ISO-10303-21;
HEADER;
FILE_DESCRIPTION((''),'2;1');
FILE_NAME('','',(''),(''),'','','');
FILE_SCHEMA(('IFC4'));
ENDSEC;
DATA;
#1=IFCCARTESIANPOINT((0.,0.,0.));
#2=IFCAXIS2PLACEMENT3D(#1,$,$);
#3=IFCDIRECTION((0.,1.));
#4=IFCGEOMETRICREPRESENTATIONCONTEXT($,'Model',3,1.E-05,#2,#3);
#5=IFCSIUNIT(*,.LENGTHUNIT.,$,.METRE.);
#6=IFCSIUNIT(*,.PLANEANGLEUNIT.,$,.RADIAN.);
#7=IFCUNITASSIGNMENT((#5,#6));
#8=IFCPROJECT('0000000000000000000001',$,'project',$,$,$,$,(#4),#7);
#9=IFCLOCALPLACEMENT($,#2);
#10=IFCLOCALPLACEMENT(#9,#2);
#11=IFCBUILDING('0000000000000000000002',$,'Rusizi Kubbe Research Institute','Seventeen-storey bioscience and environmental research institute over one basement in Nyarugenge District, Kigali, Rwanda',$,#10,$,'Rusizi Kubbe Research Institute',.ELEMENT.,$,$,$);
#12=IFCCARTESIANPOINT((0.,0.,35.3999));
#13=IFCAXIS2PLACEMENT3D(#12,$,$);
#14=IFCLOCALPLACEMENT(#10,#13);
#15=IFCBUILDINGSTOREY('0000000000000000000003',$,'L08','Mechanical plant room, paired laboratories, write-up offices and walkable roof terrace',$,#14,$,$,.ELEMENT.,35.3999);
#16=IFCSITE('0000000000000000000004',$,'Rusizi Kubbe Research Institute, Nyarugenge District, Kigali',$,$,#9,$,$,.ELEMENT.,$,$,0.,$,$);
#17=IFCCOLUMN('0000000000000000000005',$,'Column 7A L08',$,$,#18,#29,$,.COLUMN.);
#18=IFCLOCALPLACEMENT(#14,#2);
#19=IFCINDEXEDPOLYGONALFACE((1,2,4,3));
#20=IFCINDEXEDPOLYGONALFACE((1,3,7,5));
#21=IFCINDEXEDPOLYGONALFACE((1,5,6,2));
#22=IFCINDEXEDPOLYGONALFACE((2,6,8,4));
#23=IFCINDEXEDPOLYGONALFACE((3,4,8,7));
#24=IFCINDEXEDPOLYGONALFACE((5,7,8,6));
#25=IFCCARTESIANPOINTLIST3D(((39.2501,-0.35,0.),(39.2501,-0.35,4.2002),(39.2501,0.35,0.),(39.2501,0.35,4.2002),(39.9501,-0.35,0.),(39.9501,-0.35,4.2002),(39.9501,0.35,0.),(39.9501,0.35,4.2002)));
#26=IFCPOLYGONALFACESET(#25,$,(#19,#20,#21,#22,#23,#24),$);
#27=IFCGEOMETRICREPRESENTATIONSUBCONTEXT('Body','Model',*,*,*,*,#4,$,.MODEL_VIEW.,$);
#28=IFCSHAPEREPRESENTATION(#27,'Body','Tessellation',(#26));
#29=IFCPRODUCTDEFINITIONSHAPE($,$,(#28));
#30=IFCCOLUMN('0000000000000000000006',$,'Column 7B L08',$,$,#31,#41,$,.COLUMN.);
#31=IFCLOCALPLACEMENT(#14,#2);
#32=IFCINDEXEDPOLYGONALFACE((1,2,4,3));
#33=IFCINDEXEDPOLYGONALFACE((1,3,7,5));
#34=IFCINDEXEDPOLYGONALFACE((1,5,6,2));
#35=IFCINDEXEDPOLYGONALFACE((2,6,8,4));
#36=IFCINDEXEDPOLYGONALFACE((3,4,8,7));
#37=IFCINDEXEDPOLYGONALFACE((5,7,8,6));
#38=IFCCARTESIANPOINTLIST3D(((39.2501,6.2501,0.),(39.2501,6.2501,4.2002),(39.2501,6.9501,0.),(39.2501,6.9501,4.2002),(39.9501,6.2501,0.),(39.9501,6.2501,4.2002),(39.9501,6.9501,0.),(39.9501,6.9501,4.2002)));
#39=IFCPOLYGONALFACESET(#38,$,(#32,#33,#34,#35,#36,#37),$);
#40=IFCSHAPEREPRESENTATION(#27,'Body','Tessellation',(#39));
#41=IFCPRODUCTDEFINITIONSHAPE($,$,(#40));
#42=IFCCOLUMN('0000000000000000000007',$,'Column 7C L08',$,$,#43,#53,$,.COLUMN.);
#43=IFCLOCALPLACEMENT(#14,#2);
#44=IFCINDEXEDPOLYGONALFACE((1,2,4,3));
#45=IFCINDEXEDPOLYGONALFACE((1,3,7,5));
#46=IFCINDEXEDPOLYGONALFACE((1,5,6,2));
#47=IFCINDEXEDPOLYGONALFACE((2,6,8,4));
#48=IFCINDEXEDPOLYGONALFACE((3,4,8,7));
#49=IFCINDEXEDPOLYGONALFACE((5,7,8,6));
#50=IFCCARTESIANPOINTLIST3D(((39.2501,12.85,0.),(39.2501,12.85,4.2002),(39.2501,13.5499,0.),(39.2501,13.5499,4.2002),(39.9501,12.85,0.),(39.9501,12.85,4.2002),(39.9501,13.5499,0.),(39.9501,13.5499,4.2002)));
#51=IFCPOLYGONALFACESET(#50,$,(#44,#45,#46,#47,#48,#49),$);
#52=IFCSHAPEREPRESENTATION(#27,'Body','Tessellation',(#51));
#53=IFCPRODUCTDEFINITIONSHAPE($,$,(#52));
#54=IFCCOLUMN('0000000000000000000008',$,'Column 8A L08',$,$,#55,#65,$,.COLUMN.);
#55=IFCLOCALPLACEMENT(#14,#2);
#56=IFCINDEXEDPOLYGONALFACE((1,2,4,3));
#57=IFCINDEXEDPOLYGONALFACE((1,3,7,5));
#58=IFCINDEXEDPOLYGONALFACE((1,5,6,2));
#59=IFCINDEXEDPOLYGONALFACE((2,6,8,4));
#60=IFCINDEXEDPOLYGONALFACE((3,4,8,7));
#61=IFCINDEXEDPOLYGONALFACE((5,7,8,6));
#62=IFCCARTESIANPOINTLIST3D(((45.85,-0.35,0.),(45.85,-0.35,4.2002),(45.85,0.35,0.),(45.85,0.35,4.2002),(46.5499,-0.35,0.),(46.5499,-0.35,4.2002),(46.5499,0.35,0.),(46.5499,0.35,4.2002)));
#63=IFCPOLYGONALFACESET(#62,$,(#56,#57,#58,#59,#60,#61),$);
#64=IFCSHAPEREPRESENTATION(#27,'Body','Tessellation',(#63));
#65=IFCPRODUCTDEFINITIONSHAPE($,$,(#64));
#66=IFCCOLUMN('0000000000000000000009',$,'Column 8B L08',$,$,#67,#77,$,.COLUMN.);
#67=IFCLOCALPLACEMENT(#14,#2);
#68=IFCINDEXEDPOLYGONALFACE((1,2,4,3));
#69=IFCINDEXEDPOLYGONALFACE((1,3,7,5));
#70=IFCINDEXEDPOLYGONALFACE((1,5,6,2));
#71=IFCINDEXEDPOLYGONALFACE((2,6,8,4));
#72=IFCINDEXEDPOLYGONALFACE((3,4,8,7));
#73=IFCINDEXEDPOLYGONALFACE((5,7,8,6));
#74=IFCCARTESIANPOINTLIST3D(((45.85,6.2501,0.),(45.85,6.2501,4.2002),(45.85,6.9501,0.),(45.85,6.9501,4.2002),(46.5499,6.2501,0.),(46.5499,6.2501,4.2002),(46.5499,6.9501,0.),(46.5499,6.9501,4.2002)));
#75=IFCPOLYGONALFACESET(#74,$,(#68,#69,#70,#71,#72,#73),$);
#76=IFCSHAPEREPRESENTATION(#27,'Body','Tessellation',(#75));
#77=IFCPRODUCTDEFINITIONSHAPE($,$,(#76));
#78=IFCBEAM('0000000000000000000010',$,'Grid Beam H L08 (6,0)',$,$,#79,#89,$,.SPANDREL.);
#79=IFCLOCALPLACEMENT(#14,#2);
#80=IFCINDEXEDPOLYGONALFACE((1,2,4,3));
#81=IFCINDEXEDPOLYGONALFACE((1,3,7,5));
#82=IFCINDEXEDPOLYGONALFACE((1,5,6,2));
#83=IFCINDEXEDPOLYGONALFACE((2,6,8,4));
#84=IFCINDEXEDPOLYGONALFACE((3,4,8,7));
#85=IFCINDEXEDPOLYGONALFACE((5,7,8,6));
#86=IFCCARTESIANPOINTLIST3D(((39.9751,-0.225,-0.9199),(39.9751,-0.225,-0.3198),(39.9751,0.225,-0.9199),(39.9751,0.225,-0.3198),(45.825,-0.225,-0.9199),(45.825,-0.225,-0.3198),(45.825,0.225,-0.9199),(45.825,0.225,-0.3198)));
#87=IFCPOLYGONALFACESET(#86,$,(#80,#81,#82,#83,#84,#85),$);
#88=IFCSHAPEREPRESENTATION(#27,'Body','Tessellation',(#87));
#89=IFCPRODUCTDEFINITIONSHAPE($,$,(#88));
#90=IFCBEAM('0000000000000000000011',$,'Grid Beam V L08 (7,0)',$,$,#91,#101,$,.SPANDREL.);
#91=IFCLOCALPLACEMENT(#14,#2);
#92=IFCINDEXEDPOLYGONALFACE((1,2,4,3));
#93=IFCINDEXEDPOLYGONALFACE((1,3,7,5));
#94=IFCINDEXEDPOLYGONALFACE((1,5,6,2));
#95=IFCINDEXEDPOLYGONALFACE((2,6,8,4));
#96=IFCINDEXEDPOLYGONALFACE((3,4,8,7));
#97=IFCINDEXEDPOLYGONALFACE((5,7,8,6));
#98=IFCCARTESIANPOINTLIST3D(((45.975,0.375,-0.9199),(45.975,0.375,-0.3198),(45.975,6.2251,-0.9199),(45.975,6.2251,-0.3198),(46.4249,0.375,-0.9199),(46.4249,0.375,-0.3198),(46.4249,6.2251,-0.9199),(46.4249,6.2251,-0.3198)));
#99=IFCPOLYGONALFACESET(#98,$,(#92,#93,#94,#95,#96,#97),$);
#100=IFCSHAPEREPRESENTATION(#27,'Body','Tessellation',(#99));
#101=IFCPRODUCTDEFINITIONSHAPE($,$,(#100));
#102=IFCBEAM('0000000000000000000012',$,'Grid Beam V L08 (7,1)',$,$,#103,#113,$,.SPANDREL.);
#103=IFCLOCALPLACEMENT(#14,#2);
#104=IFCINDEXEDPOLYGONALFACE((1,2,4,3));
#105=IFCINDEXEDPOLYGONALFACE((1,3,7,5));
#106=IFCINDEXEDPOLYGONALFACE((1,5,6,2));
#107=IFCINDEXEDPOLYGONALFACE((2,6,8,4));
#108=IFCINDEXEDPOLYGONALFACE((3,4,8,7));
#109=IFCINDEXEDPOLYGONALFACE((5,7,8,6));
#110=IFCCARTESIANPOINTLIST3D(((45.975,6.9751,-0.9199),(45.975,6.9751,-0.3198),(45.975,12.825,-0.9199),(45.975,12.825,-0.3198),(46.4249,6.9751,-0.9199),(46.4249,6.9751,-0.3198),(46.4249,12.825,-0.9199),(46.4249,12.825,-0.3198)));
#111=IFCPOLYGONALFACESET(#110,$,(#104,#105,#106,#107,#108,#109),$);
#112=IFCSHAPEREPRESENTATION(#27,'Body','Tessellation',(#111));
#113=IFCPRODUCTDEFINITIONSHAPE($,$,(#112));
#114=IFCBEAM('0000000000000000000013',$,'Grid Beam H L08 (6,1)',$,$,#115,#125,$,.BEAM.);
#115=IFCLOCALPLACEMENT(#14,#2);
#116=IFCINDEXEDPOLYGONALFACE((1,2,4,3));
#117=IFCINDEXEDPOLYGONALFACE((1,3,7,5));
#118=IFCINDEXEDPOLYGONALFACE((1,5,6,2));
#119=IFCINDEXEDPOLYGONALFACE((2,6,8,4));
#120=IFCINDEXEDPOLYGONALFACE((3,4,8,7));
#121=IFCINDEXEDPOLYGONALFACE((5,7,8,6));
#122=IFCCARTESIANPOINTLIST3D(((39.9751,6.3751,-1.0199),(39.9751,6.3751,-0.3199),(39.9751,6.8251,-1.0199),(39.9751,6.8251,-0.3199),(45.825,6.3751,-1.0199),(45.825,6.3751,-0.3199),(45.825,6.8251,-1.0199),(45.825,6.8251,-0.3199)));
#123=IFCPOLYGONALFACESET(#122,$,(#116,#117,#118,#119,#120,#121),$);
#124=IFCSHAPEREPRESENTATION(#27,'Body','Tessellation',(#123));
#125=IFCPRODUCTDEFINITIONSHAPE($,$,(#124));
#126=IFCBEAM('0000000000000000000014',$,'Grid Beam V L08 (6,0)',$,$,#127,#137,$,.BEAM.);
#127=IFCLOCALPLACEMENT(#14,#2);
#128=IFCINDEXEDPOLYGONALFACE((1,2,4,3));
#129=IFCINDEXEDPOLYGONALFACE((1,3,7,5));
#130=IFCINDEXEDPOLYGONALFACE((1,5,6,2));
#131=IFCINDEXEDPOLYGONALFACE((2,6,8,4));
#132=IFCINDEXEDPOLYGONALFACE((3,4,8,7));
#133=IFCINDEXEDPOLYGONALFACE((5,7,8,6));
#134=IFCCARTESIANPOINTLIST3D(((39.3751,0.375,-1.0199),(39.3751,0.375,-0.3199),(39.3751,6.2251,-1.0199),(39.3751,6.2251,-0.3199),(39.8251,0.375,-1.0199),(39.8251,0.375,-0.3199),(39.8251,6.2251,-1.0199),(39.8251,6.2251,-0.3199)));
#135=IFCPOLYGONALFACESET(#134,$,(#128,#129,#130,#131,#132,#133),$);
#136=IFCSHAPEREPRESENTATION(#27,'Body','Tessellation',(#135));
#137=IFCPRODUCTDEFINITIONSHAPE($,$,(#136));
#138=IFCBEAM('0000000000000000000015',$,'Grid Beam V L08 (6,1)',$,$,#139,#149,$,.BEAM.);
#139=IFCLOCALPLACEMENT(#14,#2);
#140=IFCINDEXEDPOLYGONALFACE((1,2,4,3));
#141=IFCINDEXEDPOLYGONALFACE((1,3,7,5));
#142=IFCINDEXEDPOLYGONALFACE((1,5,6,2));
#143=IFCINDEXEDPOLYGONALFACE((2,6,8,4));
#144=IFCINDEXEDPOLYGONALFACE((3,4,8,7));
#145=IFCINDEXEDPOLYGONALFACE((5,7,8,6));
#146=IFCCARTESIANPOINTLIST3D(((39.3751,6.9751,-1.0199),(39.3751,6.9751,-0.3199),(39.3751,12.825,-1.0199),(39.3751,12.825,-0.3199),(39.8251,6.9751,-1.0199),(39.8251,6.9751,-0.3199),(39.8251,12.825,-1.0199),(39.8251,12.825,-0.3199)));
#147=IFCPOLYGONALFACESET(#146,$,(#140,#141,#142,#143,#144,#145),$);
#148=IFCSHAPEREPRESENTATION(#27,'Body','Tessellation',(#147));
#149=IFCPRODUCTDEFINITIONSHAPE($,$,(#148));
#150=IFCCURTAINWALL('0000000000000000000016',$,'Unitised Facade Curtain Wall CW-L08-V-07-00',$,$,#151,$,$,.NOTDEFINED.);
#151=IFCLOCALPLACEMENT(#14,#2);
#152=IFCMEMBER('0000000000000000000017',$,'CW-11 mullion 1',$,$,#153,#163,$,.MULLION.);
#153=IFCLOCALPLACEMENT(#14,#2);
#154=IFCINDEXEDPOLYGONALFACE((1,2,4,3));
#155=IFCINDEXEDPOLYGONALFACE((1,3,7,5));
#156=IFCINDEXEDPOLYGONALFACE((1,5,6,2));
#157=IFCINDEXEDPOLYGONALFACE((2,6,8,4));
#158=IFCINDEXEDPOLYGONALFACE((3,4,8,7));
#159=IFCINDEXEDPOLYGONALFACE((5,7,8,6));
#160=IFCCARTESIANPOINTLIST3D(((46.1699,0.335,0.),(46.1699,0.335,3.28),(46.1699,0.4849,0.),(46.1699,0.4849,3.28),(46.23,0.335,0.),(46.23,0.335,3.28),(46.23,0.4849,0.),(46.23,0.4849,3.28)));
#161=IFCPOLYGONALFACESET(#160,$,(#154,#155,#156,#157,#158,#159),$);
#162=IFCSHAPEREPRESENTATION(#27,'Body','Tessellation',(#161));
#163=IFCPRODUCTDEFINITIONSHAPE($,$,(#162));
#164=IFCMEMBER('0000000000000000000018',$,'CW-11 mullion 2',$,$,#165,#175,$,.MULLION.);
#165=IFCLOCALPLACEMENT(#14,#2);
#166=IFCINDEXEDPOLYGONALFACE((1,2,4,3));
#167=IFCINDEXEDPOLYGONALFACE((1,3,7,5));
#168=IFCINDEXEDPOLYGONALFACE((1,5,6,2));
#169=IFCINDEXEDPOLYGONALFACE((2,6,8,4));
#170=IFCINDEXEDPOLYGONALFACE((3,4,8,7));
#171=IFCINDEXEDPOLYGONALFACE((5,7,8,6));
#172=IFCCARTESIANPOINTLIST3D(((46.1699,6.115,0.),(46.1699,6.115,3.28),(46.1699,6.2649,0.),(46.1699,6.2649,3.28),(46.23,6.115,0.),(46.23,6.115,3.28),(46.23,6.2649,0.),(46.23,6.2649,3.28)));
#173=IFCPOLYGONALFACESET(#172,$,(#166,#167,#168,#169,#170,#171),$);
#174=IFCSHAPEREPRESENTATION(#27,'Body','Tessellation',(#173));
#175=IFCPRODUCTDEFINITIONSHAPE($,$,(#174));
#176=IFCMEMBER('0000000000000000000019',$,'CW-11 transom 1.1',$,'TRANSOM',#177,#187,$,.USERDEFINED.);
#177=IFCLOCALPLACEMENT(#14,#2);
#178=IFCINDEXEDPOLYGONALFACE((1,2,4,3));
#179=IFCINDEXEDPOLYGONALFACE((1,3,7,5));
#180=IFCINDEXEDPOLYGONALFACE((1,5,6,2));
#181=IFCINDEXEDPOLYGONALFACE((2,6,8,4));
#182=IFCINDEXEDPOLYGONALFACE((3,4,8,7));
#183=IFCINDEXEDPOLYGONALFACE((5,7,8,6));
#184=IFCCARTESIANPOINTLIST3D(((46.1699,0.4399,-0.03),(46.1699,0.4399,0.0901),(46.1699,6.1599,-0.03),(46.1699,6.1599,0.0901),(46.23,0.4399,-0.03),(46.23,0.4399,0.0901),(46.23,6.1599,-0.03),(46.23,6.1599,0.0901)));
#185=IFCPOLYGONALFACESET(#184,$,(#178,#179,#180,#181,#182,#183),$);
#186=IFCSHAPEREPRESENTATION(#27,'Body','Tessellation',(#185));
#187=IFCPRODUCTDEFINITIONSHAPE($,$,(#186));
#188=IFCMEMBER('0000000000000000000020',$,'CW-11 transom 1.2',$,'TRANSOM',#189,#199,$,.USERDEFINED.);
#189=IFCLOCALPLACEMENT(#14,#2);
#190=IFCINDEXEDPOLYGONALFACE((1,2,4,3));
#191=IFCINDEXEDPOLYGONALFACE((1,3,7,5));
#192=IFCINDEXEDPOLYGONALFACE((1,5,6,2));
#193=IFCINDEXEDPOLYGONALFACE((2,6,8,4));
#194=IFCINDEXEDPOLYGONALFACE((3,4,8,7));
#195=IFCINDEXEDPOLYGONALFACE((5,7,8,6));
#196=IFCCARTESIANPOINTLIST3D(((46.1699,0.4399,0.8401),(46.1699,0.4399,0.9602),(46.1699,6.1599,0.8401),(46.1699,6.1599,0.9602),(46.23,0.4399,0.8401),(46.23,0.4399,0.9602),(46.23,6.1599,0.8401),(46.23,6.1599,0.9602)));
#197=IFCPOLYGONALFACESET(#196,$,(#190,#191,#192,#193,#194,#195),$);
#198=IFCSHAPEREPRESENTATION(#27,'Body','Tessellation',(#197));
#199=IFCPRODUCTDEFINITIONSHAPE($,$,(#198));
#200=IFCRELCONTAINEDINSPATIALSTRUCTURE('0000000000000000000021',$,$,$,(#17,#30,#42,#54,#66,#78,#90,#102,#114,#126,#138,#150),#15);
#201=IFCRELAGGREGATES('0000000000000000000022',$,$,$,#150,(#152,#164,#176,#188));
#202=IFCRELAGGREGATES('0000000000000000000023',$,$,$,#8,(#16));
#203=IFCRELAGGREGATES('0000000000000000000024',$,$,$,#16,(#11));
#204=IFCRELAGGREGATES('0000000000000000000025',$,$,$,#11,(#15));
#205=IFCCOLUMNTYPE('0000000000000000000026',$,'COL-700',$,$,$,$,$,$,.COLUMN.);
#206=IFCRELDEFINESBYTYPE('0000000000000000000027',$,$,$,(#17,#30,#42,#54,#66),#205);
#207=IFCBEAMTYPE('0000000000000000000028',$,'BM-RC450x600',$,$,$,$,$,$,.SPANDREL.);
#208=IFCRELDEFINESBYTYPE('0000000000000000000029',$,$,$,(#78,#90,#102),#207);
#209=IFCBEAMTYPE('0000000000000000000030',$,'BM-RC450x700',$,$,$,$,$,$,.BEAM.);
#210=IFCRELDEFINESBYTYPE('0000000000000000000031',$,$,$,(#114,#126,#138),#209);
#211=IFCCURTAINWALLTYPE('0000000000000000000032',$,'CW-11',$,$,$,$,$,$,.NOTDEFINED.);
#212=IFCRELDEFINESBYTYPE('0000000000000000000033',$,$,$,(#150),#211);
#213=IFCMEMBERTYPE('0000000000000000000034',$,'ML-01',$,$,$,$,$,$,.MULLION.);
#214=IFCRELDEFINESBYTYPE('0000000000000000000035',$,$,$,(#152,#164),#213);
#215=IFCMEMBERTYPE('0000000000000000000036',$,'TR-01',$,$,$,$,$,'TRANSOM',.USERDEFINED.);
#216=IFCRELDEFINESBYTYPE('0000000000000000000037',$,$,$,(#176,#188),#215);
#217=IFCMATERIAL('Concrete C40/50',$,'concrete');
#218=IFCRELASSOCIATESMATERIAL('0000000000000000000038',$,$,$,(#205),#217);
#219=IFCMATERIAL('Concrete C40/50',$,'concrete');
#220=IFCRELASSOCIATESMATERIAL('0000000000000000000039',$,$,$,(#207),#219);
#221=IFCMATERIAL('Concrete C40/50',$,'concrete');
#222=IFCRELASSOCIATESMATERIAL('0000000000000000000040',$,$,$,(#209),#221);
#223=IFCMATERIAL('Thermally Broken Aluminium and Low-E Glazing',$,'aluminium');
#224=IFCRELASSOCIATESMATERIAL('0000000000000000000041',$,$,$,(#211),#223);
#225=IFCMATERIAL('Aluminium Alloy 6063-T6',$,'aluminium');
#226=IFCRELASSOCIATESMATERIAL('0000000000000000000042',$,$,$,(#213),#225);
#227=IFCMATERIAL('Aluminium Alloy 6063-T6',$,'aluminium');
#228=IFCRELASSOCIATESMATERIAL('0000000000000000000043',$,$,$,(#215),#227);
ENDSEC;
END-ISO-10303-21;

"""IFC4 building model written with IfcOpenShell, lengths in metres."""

from ifc_helpers import new_model, si_unit, direction, frame, origin, origin_2d, place, context, subcontext, project, spatial, rectangle, extrude, material, material_profile, profile_set, type_object, element, aggregate, save


model = new_model("IFC4")

# Units and contexts
model_context = context("Model", 3, precision=1e-05, world=origin(), true_north=direction((0.0, 1.0)))
body_context = subcontext(model_context, "Body", "Model", "MODEL_VIEW")
ifc_project = project(units=[si_unit("LENGTHUNIT", "METRE"), si_unit("PLANEANGLEUNIT", "RADIAN")], contexts=[model_context])

# Site, building, storey
site_placement = place(None, origin())
site = spatial("IfcSite", under=ifc_project, at=site_placement, Name="Rusizi Kubbe Research Institute, Nyarugenge District, Kigali", CompositionType="ELEMENT", RefElevation=0.0)
building_placement = place(site_placement, origin())
building = spatial("IfcBuilding", under=site, at=building_placement, Name="Rusizi Kubbe Research Institute", Description="Seventeen-storey bioscience and environmental research institute over one basement in Nyarugenge District, Kigali, Rwanda", LongName="Rusizi Kubbe Research Institute", CompositionType="ELEMENT")
storey_placement = place(building_placement, frame((0.0, 0.0, 35.3999)))
storey = spatial("IfcBuildingStorey", under=building, at=storey_placement, Name="L08", Description="Mechanical plant room, paired laboratories, write-up offices and walkable roof terrace", CompositionType="ELEMENT", Elevation=35.3999)

# Columns
ifc_material_1 = material(Name="Concrete C40/50", Category="concrete")
ifc_material_profile_1 = material_profile(ifc_material_1, rectangle(XDim=0.7, YDim=0.7, at=origin_2d()), Name="RC700x700")
ifc_profile_set_1 = profile_set([ifc_material_profile_1], Name="Concrete C40/50")
column_type = type_object("IfcColumnType", Name="COL-700", PredefinedType="COLUMN", material=ifc_profile_set_1)
for number, where, z_axis, x_axis, name in (
    (1, (39.6001, 0.0, 0.0), (0.0, 0.0, 1.0), (1.0, 0.0, 0.0), "Column 7A L08"),
    (2, (39.6001, 6.6001, 0.0), (0.0, 0.0, 1.0), (1.0, 0.0, 0.0), "Column 7B L08"),
    (3, (39.6001, 13.2, 0.0), (0.0, 0.0, 1.0), (1.0, 0.0, 0.0), "Column 7C L08"),
    (4, (46.2, 0.0, 0.0), (0.0, 0.0, 1.0), (1.0, 0.0, 0.0), "Column 8A L08"),
    (5, (46.2, 6.6001, 0.0), (0.0, 0.0, 1.0), (1.0, 0.0, 0.0), "Column 8B L08"),
):
    element("IfcColumn", number, at=place(storey_placement, frame(where, z_axis=z_axis, x_axis=x_axis)), inside=storey, type_object=column_type, Name=name, PredefinedType="COLUMN", context=body_context, shape_type="SweptSolid", body=[
        extrude(rectangle(XDim=0.7, YDim=0.7, at=origin_2d()), origin(), (0.0, 0.0, 1.0), 4.2002),
    ])

# Beams
ifc_material_2 = material(Name="Concrete C40/50", Category="concrete")
ifc_material_profile_2 = material_profile(ifc_material_2, rectangle(XDim=0.45, YDim=0.6001, at=origin_2d()), Name="RC450x600")
ifc_profile_set_2 = profile_set([ifc_material_profile_2], Name="Concrete C40/50")
beam_type_1 = type_object("IfcBeamType", Name="BM-RC450x600", PredefinedType="SPANDREL", material=ifc_profile_set_2)
beam_1_placement = place(storey_placement, frame((39.9751, 0.0, -0.6199), z_axis=(1.0, 0.0, 0.0), x_axis=(0.0, 1.0, 0.0)))
element("IfcBeam", 6, at=beam_1_placement, inside=storey, type_object=beam_type_1, Name="Grid Beam H L08 (6,0)", PredefinedType="SPANDREL", context=body_context, shape_type="SweptSolid", body=[
    extrude(rectangle(XDim=0.45, YDim=0.6001, at=origin_2d()), origin(), (0.0, 0.0, 1.0), 5.8499),
])
beam_2_placement = place(storey_placement, frame((46.2, 0.375, -0.6199), z_axis=(0.0, 1.0, 0.0), x_axis=(-1.0, 0.0, 0.0)))
element("IfcBeam", 7, at=beam_2_placement, inside=storey, type_object=beam_type_1, Name="Grid Beam V L08 (7,0)", PredefinedType="SPANDREL", context=body_context, shape_type="SweptSolid", body=[
    extrude(rectangle(XDim=0.45, YDim=0.6001, at=origin_2d()), origin(), (0.0, 0.0, 1.0), 5.8501),
])
beam_3_placement = place(storey_placement, frame((46.2, 6.9751, -0.6199), z_axis=(0.0, 1.0, 0.0), x_axis=(-1.0, 0.0, 0.0)))
element("IfcBeam", 8, at=beam_3_placement, inside=storey, type_object=beam_type_1, Name="Grid Beam V L08 (7,1)", PredefinedType="SPANDREL", context=body_context, shape_type="SweptSolid", body=[
    extrude(rectangle(XDim=0.45, YDim=0.6001, at=origin_2d()), origin(), (0.0, 0.0, 1.0), 5.8499),
])
ifc_material_3 = material(Name="Concrete C40/50", Category="concrete")
ifc_material_profile_3 = material_profile(ifc_material_3, rectangle(XDim=0.45, YDim=0.7, at=origin_2d()), Name="RC450x700B")
ifc_profile_set_3 = profile_set([ifc_material_profile_3], Name="Concrete C40/50")
beam_type_2 = type_object("IfcBeamType", Name="BM-RC450x700", PredefinedType="BEAM", material=ifc_profile_set_3)
beam_4_placement = place(storey_placement, frame((39.9751, 6.6001, -0.6699), z_axis=(1.0, 0.0, 0.0), x_axis=(0.0, 1.0, 0.0)))
element("IfcBeam", 9, at=beam_4_placement, inside=storey, type_object=beam_type_2, Name="Grid Beam H L08 (6,1)", PredefinedType="BEAM", context=body_context, shape_type="SweptSolid", body=[
    extrude(rectangle(XDim=0.45, YDim=0.7, at=origin_2d()), origin(), (0.0, 0.0, 1.0), 5.8499),
])
beam_5_placement = place(storey_placement, frame((39.6001, 0.375, -0.6699), z_axis=(0.0, 1.0, 0.0), x_axis=(-1.0, 0.0, 0.0)))
element("IfcBeam", 10, at=beam_5_placement, inside=storey, type_object=beam_type_2, Name="Grid Beam V L08 (6,0)", PredefinedType="BEAM", context=body_context, shape_type="SweptSolid", body=[
    extrude(rectangle(XDim=0.45, YDim=0.7, at=origin_2d()), origin(), (0.0, 0.0, 1.0), 5.8501),
])
beam_6_placement = place(storey_placement, frame((39.6001, 6.9751, -0.6699), z_axis=(0.0, 1.0, 0.0), x_axis=(-1.0, 0.0, 0.0)))
element("IfcBeam", 11, at=beam_6_placement, inside=storey, type_object=beam_type_2, Name="Grid Beam V L08 (6,1)", PredefinedType="BEAM", context=body_context, shape_type="SweptSolid", body=[
    extrude(rectangle(XDim=0.45, YDim=0.7, at=origin_2d()), origin(), (0.0, 0.0, 1.0), 5.8499),
])

# Curtain wall, members
ifc_material_4 = material(Name="Thermally Broken Aluminium and Low-E Glazing", Category="aluminium")
curtain_wall_type = type_object("IfcCurtainWallType", Name="CW-11", PredefinedType="NOTDEFINED", material=ifc_material_4)
curtain_wall_placement = place(storey_placement, origin())
curtain_wall = element("IfcCurtainWall", 12, at=curtain_wall_placement, inside=storey, type_object=curtain_wall_type, Name="Unitised Facade Curtain Wall CW-L08-V-07-00", PredefinedType="NOTDEFINED")
ifc_material_5 = material(Name="Aluminium Alloy 6063-T6", Category="aluminium")
ifc_material_profile_4 = material_profile(ifc_material_5, rectangle(XDim=0.0601, YDim=0.1499, at=origin_2d()), Name="ALU-M 60x150")
ifc_profile_set_4 = profile_set([ifc_material_profile_4], Name="Aluminium Alloy 6063-T6")
member_type_1 = type_object("IfcMemberType", Name="ML-01", PredefinedType="MULLION", material=ifc_profile_set_4)
member_1_placement = place(storey_placement, frame((46.2, 0.4099, 0.0), z_axis=(0.0, 0.0, 1.0), x_axis=(-1.0, 0.0, 0.0)))
member_1 = element("IfcMember", 13, at=member_1_placement, type_object=member_type_1, Name="CW-11 mullion 1", PredefinedType="MULLION", context=body_context, shape_type="SweptSolid", body=[
    extrude(rectangle(XDim=0.0601, YDim=0.1499, at=origin_2d()), origin(), (0.0, 0.0, 1.0), 3.28),
])
member_2_placement = place(storey_placement, frame((46.2, 6.1899, 0.0), z_axis=(0.0, 0.0, 1.0), x_axis=(-1.0, 0.0, 0.0)))
member_2 = element("IfcMember", 14, at=member_2_placement, type_object=member_type_1, Name="CW-11 mullion 2", PredefinedType="MULLION", context=body_context, shape_type="SweptSolid", body=[
    extrude(rectangle(XDim=0.0601, YDim=0.1499, at=origin_2d()), origin(), (0.0, 0.0, 1.0), 3.28),
])
ifc_material_6 = material(Name="Aluminium Alloy 6063-T6", Category="aluminium")
ifc_material_profile_5 = material_profile(ifc_material_6, rectangle(XDim=0.0601, YDim=0.1201, at=origin_2d()), Name="ALU-T 60x120")
ifc_profile_set_5 = profile_set([ifc_material_profile_5], Name="Aluminium Alloy 6063-T6")
member_type_2 = type_object("IfcMemberType", Name="TR-01", ElementType="TRANSOM", PredefinedType="USERDEFINED", material=ifc_profile_set_5)
member_3_placement = place(storey_placement, frame((46.2, 0.4399, 0.03), z_axis=(0.0, 1.0, 0.0), x_axis=(-1.0, 0.0, 0.0)))
member_3 = element("IfcMember", 15, at=member_3_placement, type_object=member_type_2, Name="CW-11 transom 1.1", ObjectType="TRANSOM", PredefinedType="USERDEFINED", context=body_context, shape_type="SweptSolid", body=[
    extrude(rectangle(XDim=0.0601, YDim=0.1201, at=origin_2d()), origin(), (0.0, 0.0, 1.0), 5.72),
])
member_4_placement = place(storey_placement, frame((46.2, 0.4399, 0.9001), z_axis=(0.0, 1.0, 0.0), x_axis=(-1.0, 0.0, 0.0)))
member_4 = element("IfcMember", 16, at=member_4_placement, type_object=member_type_2, Name="CW-11 transom 1.2", ObjectType="TRANSOM", PredefinedType="USERDEFINED", context=body_context, shape_type="SweptSolid", body=[
    extrude(rectangle(XDim=0.0601, YDim=0.1201, at=origin_2d()), origin(), (0.0, 0.0, 1.0), 5.72),
])
aggregate(curtain_wall, [member_1, member_2, member_3, member_4])

save(model, "model.ifc")
